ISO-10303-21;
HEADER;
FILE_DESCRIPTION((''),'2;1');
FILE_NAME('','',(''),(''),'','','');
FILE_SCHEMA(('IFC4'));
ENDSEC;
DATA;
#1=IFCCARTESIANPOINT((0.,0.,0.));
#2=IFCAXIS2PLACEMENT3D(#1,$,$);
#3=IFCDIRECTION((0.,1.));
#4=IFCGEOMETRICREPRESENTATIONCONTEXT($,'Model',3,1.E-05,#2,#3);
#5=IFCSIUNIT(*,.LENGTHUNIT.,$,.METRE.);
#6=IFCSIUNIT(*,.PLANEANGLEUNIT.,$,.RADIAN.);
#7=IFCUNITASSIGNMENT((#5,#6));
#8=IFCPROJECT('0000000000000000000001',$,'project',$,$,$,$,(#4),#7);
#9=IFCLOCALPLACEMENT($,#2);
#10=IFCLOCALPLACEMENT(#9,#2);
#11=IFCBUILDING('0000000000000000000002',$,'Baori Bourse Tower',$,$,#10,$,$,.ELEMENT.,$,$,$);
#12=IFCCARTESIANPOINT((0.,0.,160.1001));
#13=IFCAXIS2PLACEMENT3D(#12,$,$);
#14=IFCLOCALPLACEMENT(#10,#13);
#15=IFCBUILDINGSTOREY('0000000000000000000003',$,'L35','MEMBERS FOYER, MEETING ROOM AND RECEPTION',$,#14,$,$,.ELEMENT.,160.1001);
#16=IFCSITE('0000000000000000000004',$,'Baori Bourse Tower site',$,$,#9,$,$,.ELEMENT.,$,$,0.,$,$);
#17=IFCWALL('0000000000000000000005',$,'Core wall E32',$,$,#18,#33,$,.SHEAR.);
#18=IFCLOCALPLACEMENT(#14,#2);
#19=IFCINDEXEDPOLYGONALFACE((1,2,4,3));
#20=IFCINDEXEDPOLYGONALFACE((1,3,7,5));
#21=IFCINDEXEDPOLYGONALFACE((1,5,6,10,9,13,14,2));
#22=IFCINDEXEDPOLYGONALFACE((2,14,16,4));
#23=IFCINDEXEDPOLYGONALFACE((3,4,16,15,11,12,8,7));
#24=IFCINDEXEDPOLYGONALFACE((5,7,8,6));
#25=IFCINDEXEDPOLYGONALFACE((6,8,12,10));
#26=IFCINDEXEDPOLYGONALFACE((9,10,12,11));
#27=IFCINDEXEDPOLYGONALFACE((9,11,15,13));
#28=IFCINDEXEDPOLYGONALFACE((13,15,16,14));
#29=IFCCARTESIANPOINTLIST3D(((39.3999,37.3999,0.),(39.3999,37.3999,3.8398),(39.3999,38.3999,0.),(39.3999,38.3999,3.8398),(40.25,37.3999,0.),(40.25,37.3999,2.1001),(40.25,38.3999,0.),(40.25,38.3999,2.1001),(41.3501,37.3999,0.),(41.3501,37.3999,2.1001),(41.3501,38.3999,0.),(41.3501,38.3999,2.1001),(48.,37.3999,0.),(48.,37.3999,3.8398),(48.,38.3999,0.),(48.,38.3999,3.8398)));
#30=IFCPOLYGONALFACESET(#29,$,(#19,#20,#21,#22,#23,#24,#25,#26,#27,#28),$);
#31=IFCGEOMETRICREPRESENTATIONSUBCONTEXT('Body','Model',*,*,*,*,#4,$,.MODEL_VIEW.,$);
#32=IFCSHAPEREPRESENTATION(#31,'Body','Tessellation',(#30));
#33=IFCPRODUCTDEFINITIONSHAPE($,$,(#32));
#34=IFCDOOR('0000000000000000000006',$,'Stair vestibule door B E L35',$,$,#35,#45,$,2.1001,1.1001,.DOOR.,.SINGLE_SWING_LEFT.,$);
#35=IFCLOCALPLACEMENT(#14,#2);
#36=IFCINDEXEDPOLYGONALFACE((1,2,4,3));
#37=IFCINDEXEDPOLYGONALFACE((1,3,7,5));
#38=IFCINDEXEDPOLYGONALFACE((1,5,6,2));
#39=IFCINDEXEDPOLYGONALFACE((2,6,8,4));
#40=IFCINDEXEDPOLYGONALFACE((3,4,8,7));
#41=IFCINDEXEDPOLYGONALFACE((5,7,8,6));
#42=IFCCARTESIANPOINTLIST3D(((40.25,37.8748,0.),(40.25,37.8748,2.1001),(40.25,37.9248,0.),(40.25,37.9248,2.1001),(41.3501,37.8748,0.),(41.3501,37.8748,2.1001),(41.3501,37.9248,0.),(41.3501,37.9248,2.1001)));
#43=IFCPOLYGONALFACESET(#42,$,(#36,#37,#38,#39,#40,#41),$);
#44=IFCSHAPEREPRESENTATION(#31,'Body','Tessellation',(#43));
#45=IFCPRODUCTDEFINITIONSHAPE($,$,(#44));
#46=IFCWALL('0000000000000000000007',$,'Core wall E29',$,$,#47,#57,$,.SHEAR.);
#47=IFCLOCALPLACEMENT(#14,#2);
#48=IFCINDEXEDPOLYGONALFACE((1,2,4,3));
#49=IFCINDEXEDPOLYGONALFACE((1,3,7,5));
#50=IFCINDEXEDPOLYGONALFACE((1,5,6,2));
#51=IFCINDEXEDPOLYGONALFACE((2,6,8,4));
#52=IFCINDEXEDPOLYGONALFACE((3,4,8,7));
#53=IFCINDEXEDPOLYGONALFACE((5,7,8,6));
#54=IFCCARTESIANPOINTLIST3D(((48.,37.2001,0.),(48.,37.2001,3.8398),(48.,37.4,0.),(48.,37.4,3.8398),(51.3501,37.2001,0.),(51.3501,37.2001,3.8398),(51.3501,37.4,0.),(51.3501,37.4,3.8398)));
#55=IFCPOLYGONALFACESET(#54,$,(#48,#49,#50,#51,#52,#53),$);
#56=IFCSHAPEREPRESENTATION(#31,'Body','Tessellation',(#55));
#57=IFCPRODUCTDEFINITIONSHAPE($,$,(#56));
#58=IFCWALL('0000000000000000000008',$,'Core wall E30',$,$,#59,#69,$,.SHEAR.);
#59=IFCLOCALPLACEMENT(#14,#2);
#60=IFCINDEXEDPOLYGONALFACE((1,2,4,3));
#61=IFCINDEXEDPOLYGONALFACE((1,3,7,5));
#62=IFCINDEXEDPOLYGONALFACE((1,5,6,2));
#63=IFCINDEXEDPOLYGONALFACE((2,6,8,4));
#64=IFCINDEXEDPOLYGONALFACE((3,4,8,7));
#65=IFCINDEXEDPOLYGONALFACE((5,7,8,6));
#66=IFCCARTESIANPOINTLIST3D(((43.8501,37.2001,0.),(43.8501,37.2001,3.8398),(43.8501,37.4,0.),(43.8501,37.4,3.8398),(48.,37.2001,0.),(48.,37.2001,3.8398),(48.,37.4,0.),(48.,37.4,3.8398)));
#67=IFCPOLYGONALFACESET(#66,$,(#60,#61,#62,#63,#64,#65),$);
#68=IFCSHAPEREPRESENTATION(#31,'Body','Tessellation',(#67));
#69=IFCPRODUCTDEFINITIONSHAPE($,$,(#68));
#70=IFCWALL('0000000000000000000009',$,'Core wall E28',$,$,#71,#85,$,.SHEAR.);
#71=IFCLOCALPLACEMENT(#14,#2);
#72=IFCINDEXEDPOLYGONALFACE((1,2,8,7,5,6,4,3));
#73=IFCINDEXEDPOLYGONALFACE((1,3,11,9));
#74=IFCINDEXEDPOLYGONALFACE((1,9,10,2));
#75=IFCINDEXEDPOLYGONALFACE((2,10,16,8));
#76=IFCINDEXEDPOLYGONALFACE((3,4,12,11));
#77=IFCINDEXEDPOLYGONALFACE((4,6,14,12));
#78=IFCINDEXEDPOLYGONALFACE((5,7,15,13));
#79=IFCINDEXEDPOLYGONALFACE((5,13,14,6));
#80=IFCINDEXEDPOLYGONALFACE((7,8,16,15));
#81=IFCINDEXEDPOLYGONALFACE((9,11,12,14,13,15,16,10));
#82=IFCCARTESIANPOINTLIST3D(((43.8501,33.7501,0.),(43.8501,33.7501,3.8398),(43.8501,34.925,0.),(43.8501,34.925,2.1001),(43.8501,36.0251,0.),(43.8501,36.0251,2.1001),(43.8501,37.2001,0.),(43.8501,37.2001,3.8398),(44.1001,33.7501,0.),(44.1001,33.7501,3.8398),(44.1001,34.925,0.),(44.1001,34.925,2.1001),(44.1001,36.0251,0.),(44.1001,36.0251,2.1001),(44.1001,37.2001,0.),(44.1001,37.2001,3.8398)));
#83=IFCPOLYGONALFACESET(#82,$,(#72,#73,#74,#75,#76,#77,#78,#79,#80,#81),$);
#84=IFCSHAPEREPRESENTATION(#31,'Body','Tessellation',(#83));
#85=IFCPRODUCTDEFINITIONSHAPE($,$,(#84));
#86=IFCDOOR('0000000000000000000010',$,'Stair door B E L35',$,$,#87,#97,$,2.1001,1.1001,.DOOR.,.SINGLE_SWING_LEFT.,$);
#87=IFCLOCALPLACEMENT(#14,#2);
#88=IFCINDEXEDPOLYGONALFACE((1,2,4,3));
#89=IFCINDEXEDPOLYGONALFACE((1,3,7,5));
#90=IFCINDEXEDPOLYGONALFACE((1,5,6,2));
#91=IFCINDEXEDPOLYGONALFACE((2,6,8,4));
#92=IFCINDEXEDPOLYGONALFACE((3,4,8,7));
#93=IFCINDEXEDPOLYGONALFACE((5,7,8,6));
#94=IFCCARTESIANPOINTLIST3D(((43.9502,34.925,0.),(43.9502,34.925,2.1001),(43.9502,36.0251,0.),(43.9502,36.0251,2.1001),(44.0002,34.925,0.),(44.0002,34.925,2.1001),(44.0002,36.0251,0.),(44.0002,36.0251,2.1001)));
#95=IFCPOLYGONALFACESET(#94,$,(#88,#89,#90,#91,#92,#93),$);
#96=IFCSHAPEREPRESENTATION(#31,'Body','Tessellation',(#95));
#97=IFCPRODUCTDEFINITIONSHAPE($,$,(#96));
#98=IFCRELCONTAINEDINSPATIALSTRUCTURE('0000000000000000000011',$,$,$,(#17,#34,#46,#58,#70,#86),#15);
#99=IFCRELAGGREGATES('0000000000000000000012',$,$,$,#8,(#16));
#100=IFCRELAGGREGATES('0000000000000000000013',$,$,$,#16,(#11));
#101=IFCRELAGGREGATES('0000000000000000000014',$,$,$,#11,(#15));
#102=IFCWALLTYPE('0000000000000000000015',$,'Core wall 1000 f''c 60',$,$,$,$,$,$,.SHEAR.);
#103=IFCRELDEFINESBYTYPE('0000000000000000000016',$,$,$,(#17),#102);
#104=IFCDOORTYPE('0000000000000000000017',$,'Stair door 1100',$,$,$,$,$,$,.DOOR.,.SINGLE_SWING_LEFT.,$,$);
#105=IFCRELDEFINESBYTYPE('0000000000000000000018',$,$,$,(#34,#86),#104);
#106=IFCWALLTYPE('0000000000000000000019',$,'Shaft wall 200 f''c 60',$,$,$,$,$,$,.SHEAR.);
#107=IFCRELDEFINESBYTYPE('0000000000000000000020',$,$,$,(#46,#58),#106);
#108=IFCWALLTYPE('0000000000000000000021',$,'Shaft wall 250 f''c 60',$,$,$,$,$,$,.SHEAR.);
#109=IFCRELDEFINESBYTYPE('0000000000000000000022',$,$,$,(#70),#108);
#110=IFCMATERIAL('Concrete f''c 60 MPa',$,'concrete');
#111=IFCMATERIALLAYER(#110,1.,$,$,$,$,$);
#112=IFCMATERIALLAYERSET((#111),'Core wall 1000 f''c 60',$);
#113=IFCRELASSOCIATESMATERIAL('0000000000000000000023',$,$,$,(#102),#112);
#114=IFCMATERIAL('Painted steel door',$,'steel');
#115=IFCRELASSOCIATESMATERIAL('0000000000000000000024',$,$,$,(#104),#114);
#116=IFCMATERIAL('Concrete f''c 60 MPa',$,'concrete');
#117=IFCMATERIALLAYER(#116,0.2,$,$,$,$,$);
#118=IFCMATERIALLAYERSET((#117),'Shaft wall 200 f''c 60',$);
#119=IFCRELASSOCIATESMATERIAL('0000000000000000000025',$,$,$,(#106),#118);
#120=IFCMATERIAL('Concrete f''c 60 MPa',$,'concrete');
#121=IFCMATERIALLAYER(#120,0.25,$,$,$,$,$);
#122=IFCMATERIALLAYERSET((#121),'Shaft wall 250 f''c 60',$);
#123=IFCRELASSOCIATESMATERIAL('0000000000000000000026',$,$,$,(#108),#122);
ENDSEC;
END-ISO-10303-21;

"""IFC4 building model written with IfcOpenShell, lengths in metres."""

from ifc_helpers import new_model, si_unit, direction, frame, frame_2d, origin, place, context, subcontext, project, spatial, rectangle, extrude, material, layer, layer_set, type_object, element, fill, save


model = new_model("IFC4")

# Units and contexts
model_context = context("Model", 3, precision=1e-05, world=origin(), true_north=direction((0.0, 1.0)))
body_context = subcontext(model_context, "Body", "Model", "MODEL_VIEW")
ifc_project = project(units=[si_unit("LENGTHUNIT", "METRE"), si_unit("PLANEANGLEUNIT", "RADIAN")], contexts=[model_context])

# Site, building, storey
site_placement = place(None, origin())
site = spatial("IfcSite", under=ifc_project, at=site_placement, Name="Baori Bourse Tower site", CompositionType="ELEMENT", RefElevation=0.0)
building_placement = place(site_placement, origin())
building = spatial("IfcBuilding", under=site, at=building_placement, Name="Baori Bourse Tower", CompositionType="ELEMENT")
storey_placement = place(building_placement, frame((0.0, 0.0, 160.1001)))
storey = spatial("IfcBuildingStorey", under=building, at=storey_placement, Name="L35", Description="MEMBERS FOYER, MEETING ROOM AND RECEPTION", CompositionType="ELEMENT", Elevation=160.1001)

# Shared definitions
ifc_material_1 = material(Name="Concrete f'c 60 MPa", Category="concrete")
ifc_layer_1 = layer(ifc_material_1, 1.0)
ifc_layer_set_1 = layer_set([ifc_layer_1], Name="Core wall 1000 f'c 60")
wall_type_1 = type_object("IfcWallType", Name="Core wall 1000 f'c 60", PredefinedType="SHEAR", material=ifc_layer_set_1)

# Wall, opening, door
wall_1_placement = place(storey_placement, frame((39.3999, 37.8999, 0.0), z_axis=(0.0, 0.0, 1.0), x_axis=(1.0, 0.0, 0.0)))
wall_1 = element("IfcWall", 1, at=wall_1_placement, inside=storey, type_object=wall_type_1, Name="Core wall E32", PredefinedType="SHEAR", context=body_context, shape_type="SweptSolid", body=[
    extrude(rectangle(XDim=8.6001, YDim=1.0, at=frame_2d((4.3, 0.0))), origin(), (0.0, 0.0, 1.0), 3.8398),
])
opening_1_placement = place(wall_1_placement, frame((0.8501, 0.0, 0.0)))
opening_1 = element("IfcOpeningElement", 2, at=opening_1_placement, cuts=wall_1, PredefinedType="OPENING", context=body_context, shape_type="SweptSolid", body=[
    extrude(rectangle(XDim=1.1001, YDim=2.1001, at=frame_2d((0.55, 1.05))), frame((0.0, 0.51, 0.0), z_axis=(0.0, -1.0, 0.0), x_axis=(1.0, 0.0, 0.0)), (0.0, 0.0, 1.0), 1.02),
])
ifc_material_2 = material(Name="Painted steel door", Category="steel")
door_type_1 = type_object("IfcDoorType", Name="Stair door 1100", OperationType="SINGLE_SWING_LEFT", PredefinedType="DOOR", material=ifc_material_2)
door_1_placement = place(opening_1_placement, origin())
door_1 = element("IfcDoor", 3, at=door_1_placement, inside=storey, type_object=door_type_1, Name="Stair vestibule door B E L35", OperationType="SINGLE_SWING_LEFT", OverallHeight=2.1001, OverallWidth=1.1001, PredefinedType="DOOR", context=body_context, shape_type="SweptSolid", body=[
    extrude(rectangle(XDim=1.1001, YDim=2.1001, at=frame_2d((0.55, 1.05))), frame((0.0, 0.0249, 0.0), z_axis=(0.0, -1.0, 0.0), x_axis=(1.0, 0.0, 0.0)), (0.0, 0.0, 1.0), 0.05),
])
fill(opening_1, door_1)

# Walls
ifc_material_3 = material(Name="Concrete f'c 60 MPa", Category="concrete")
ifc_layer_2 = layer(ifc_material_3, 0.2)
ifc_layer_set_2 = layer_set([ifc_layer_2], Name="Shaft wall 200 f'c 60")
wall_type_2 = type_object("IfcWallType", Name="Shaft wall 200 f'c 60", PredefinedType="SHEAR", material=ifc_layer_set_2)
wall_2_placement = place(storey_placement, frame((48.0, 37.3, 0.0), z_axis=(0.0, 0.0, 1.0), x_axis=(1.0, 0.0, 0.0)))
element("IfcWall", 4, at=wall_2_placement, inside=storey, type_object=wall_type_2, Name="Core wall E29", PredefinedType="SHEAR", context=body_context, shape_type="SweptSolid", body=[
    extrude(rectangle(XDim=3.3501, YDim=0.2, at=frame_2d((1.675, 0.0))), origin(), (0.0, 0.0, 1.0), 3.8398),
])
wall_3_placement = place(storey_placement, frame((43.8501, 37.3, 0.0), z_axis=(0.0, 0.0, 1.0), x_axis=(1.0, 0.0, 0.0)))
element("IfcWall", 5, at=wall_3_placement, inside=storey, type_object=wall_type_2, Name="Core wall E30", PredefinedType="SHEAR", context=body_context, shape_type="SweptSolid", body=[
    extrude(rectangle(XDim=4.1499, YDim=0.2, at=frame_2d((2.075, 0.0))), origin(), (0.0, 0.0, 1.0), 3.8398),
])

# Wall, opening, door
ifc_material_4 = material(Name="Concrete f'c 60 MPa", Category="concrete")
ifc_layer_3 = layer(ifc_material_4, 0.25)
ifc_layer_set_3 = layer_set([ifc_layer_3], Name="Shaft wall 250 f'c 60")
wall_type_3 = type_object("IfcWallType", Name="Shaft wall 250 f'c 60", PredefinedType="SHEAR", material=ifc_layer_set_3)
wall_4_placement = place(storey_placement, frame((43.9751, 33.75, 0.0), z_axis=(0.0, 0.0, 1.0), x_axis=(0.0, 1.0, 0.0)))
wall_4 = element("IfcWall", 6, at=wall_4_placement, inside=storey, type_object=wall_type_3, Name="Core wall E28", PredefinedType="SHEAR", context=body_context, shape_type="SweptSolid", body=[
    extrude(rectangle(XDim=3.45, YDim=0.25, at=frame_2d((1.7251, 0.0))), origin(), (0.0, 0.0, 1.0), 3.8398),
])
opening_2_placement = place(wall_4_placement, frame((1.175, 0.0, 0.0)))
opening_2 = element("IfcOpeningElement", 7, at=opening_2_placement, cuts=wall_4, PredefinedType="OPENING", context=body_context, shape_type="SweptSolid", body=[
    extrude(rectangle(XDim=1.1001, YDim=2.1001, at=frame_2d((0.55, 1.05))), frame((0.0, 0.135, 0.0), z_axis=(0.0, -1.0, 0.0), x_axis=(1.0, 0.0, 0.0)), (0.0, 0.0, 1.0), 0.27),
])
door_2_placement = place(opening_2_placement, origin())
door_2 = element("IfcDoor", 8, at=door_2_placement, inside=storey, type_object=door_type_1, Name="Stair door B E L35", OperationType="SINGLE_SWING_LEFT", OverallHeight=2.1001, OverallWidth=1.1001, PredefinedType="DOOR", context=body_context, shape_type="SweptSolid", body=[
    extrude(rectangle(XDim=1.1001, YDim=2.1001, at=frame_2d((0.55, 1.05))), frame((0.0, 0.0249, 0.0), z_axis=(0.0, -1.0, 0.0), x_axis=(1.0, 0.0, 0.0)), (0.0, 0.0, 1.0), 0.05),
])
fill(opening_2, door_2)

save(model, "model.ifc")
